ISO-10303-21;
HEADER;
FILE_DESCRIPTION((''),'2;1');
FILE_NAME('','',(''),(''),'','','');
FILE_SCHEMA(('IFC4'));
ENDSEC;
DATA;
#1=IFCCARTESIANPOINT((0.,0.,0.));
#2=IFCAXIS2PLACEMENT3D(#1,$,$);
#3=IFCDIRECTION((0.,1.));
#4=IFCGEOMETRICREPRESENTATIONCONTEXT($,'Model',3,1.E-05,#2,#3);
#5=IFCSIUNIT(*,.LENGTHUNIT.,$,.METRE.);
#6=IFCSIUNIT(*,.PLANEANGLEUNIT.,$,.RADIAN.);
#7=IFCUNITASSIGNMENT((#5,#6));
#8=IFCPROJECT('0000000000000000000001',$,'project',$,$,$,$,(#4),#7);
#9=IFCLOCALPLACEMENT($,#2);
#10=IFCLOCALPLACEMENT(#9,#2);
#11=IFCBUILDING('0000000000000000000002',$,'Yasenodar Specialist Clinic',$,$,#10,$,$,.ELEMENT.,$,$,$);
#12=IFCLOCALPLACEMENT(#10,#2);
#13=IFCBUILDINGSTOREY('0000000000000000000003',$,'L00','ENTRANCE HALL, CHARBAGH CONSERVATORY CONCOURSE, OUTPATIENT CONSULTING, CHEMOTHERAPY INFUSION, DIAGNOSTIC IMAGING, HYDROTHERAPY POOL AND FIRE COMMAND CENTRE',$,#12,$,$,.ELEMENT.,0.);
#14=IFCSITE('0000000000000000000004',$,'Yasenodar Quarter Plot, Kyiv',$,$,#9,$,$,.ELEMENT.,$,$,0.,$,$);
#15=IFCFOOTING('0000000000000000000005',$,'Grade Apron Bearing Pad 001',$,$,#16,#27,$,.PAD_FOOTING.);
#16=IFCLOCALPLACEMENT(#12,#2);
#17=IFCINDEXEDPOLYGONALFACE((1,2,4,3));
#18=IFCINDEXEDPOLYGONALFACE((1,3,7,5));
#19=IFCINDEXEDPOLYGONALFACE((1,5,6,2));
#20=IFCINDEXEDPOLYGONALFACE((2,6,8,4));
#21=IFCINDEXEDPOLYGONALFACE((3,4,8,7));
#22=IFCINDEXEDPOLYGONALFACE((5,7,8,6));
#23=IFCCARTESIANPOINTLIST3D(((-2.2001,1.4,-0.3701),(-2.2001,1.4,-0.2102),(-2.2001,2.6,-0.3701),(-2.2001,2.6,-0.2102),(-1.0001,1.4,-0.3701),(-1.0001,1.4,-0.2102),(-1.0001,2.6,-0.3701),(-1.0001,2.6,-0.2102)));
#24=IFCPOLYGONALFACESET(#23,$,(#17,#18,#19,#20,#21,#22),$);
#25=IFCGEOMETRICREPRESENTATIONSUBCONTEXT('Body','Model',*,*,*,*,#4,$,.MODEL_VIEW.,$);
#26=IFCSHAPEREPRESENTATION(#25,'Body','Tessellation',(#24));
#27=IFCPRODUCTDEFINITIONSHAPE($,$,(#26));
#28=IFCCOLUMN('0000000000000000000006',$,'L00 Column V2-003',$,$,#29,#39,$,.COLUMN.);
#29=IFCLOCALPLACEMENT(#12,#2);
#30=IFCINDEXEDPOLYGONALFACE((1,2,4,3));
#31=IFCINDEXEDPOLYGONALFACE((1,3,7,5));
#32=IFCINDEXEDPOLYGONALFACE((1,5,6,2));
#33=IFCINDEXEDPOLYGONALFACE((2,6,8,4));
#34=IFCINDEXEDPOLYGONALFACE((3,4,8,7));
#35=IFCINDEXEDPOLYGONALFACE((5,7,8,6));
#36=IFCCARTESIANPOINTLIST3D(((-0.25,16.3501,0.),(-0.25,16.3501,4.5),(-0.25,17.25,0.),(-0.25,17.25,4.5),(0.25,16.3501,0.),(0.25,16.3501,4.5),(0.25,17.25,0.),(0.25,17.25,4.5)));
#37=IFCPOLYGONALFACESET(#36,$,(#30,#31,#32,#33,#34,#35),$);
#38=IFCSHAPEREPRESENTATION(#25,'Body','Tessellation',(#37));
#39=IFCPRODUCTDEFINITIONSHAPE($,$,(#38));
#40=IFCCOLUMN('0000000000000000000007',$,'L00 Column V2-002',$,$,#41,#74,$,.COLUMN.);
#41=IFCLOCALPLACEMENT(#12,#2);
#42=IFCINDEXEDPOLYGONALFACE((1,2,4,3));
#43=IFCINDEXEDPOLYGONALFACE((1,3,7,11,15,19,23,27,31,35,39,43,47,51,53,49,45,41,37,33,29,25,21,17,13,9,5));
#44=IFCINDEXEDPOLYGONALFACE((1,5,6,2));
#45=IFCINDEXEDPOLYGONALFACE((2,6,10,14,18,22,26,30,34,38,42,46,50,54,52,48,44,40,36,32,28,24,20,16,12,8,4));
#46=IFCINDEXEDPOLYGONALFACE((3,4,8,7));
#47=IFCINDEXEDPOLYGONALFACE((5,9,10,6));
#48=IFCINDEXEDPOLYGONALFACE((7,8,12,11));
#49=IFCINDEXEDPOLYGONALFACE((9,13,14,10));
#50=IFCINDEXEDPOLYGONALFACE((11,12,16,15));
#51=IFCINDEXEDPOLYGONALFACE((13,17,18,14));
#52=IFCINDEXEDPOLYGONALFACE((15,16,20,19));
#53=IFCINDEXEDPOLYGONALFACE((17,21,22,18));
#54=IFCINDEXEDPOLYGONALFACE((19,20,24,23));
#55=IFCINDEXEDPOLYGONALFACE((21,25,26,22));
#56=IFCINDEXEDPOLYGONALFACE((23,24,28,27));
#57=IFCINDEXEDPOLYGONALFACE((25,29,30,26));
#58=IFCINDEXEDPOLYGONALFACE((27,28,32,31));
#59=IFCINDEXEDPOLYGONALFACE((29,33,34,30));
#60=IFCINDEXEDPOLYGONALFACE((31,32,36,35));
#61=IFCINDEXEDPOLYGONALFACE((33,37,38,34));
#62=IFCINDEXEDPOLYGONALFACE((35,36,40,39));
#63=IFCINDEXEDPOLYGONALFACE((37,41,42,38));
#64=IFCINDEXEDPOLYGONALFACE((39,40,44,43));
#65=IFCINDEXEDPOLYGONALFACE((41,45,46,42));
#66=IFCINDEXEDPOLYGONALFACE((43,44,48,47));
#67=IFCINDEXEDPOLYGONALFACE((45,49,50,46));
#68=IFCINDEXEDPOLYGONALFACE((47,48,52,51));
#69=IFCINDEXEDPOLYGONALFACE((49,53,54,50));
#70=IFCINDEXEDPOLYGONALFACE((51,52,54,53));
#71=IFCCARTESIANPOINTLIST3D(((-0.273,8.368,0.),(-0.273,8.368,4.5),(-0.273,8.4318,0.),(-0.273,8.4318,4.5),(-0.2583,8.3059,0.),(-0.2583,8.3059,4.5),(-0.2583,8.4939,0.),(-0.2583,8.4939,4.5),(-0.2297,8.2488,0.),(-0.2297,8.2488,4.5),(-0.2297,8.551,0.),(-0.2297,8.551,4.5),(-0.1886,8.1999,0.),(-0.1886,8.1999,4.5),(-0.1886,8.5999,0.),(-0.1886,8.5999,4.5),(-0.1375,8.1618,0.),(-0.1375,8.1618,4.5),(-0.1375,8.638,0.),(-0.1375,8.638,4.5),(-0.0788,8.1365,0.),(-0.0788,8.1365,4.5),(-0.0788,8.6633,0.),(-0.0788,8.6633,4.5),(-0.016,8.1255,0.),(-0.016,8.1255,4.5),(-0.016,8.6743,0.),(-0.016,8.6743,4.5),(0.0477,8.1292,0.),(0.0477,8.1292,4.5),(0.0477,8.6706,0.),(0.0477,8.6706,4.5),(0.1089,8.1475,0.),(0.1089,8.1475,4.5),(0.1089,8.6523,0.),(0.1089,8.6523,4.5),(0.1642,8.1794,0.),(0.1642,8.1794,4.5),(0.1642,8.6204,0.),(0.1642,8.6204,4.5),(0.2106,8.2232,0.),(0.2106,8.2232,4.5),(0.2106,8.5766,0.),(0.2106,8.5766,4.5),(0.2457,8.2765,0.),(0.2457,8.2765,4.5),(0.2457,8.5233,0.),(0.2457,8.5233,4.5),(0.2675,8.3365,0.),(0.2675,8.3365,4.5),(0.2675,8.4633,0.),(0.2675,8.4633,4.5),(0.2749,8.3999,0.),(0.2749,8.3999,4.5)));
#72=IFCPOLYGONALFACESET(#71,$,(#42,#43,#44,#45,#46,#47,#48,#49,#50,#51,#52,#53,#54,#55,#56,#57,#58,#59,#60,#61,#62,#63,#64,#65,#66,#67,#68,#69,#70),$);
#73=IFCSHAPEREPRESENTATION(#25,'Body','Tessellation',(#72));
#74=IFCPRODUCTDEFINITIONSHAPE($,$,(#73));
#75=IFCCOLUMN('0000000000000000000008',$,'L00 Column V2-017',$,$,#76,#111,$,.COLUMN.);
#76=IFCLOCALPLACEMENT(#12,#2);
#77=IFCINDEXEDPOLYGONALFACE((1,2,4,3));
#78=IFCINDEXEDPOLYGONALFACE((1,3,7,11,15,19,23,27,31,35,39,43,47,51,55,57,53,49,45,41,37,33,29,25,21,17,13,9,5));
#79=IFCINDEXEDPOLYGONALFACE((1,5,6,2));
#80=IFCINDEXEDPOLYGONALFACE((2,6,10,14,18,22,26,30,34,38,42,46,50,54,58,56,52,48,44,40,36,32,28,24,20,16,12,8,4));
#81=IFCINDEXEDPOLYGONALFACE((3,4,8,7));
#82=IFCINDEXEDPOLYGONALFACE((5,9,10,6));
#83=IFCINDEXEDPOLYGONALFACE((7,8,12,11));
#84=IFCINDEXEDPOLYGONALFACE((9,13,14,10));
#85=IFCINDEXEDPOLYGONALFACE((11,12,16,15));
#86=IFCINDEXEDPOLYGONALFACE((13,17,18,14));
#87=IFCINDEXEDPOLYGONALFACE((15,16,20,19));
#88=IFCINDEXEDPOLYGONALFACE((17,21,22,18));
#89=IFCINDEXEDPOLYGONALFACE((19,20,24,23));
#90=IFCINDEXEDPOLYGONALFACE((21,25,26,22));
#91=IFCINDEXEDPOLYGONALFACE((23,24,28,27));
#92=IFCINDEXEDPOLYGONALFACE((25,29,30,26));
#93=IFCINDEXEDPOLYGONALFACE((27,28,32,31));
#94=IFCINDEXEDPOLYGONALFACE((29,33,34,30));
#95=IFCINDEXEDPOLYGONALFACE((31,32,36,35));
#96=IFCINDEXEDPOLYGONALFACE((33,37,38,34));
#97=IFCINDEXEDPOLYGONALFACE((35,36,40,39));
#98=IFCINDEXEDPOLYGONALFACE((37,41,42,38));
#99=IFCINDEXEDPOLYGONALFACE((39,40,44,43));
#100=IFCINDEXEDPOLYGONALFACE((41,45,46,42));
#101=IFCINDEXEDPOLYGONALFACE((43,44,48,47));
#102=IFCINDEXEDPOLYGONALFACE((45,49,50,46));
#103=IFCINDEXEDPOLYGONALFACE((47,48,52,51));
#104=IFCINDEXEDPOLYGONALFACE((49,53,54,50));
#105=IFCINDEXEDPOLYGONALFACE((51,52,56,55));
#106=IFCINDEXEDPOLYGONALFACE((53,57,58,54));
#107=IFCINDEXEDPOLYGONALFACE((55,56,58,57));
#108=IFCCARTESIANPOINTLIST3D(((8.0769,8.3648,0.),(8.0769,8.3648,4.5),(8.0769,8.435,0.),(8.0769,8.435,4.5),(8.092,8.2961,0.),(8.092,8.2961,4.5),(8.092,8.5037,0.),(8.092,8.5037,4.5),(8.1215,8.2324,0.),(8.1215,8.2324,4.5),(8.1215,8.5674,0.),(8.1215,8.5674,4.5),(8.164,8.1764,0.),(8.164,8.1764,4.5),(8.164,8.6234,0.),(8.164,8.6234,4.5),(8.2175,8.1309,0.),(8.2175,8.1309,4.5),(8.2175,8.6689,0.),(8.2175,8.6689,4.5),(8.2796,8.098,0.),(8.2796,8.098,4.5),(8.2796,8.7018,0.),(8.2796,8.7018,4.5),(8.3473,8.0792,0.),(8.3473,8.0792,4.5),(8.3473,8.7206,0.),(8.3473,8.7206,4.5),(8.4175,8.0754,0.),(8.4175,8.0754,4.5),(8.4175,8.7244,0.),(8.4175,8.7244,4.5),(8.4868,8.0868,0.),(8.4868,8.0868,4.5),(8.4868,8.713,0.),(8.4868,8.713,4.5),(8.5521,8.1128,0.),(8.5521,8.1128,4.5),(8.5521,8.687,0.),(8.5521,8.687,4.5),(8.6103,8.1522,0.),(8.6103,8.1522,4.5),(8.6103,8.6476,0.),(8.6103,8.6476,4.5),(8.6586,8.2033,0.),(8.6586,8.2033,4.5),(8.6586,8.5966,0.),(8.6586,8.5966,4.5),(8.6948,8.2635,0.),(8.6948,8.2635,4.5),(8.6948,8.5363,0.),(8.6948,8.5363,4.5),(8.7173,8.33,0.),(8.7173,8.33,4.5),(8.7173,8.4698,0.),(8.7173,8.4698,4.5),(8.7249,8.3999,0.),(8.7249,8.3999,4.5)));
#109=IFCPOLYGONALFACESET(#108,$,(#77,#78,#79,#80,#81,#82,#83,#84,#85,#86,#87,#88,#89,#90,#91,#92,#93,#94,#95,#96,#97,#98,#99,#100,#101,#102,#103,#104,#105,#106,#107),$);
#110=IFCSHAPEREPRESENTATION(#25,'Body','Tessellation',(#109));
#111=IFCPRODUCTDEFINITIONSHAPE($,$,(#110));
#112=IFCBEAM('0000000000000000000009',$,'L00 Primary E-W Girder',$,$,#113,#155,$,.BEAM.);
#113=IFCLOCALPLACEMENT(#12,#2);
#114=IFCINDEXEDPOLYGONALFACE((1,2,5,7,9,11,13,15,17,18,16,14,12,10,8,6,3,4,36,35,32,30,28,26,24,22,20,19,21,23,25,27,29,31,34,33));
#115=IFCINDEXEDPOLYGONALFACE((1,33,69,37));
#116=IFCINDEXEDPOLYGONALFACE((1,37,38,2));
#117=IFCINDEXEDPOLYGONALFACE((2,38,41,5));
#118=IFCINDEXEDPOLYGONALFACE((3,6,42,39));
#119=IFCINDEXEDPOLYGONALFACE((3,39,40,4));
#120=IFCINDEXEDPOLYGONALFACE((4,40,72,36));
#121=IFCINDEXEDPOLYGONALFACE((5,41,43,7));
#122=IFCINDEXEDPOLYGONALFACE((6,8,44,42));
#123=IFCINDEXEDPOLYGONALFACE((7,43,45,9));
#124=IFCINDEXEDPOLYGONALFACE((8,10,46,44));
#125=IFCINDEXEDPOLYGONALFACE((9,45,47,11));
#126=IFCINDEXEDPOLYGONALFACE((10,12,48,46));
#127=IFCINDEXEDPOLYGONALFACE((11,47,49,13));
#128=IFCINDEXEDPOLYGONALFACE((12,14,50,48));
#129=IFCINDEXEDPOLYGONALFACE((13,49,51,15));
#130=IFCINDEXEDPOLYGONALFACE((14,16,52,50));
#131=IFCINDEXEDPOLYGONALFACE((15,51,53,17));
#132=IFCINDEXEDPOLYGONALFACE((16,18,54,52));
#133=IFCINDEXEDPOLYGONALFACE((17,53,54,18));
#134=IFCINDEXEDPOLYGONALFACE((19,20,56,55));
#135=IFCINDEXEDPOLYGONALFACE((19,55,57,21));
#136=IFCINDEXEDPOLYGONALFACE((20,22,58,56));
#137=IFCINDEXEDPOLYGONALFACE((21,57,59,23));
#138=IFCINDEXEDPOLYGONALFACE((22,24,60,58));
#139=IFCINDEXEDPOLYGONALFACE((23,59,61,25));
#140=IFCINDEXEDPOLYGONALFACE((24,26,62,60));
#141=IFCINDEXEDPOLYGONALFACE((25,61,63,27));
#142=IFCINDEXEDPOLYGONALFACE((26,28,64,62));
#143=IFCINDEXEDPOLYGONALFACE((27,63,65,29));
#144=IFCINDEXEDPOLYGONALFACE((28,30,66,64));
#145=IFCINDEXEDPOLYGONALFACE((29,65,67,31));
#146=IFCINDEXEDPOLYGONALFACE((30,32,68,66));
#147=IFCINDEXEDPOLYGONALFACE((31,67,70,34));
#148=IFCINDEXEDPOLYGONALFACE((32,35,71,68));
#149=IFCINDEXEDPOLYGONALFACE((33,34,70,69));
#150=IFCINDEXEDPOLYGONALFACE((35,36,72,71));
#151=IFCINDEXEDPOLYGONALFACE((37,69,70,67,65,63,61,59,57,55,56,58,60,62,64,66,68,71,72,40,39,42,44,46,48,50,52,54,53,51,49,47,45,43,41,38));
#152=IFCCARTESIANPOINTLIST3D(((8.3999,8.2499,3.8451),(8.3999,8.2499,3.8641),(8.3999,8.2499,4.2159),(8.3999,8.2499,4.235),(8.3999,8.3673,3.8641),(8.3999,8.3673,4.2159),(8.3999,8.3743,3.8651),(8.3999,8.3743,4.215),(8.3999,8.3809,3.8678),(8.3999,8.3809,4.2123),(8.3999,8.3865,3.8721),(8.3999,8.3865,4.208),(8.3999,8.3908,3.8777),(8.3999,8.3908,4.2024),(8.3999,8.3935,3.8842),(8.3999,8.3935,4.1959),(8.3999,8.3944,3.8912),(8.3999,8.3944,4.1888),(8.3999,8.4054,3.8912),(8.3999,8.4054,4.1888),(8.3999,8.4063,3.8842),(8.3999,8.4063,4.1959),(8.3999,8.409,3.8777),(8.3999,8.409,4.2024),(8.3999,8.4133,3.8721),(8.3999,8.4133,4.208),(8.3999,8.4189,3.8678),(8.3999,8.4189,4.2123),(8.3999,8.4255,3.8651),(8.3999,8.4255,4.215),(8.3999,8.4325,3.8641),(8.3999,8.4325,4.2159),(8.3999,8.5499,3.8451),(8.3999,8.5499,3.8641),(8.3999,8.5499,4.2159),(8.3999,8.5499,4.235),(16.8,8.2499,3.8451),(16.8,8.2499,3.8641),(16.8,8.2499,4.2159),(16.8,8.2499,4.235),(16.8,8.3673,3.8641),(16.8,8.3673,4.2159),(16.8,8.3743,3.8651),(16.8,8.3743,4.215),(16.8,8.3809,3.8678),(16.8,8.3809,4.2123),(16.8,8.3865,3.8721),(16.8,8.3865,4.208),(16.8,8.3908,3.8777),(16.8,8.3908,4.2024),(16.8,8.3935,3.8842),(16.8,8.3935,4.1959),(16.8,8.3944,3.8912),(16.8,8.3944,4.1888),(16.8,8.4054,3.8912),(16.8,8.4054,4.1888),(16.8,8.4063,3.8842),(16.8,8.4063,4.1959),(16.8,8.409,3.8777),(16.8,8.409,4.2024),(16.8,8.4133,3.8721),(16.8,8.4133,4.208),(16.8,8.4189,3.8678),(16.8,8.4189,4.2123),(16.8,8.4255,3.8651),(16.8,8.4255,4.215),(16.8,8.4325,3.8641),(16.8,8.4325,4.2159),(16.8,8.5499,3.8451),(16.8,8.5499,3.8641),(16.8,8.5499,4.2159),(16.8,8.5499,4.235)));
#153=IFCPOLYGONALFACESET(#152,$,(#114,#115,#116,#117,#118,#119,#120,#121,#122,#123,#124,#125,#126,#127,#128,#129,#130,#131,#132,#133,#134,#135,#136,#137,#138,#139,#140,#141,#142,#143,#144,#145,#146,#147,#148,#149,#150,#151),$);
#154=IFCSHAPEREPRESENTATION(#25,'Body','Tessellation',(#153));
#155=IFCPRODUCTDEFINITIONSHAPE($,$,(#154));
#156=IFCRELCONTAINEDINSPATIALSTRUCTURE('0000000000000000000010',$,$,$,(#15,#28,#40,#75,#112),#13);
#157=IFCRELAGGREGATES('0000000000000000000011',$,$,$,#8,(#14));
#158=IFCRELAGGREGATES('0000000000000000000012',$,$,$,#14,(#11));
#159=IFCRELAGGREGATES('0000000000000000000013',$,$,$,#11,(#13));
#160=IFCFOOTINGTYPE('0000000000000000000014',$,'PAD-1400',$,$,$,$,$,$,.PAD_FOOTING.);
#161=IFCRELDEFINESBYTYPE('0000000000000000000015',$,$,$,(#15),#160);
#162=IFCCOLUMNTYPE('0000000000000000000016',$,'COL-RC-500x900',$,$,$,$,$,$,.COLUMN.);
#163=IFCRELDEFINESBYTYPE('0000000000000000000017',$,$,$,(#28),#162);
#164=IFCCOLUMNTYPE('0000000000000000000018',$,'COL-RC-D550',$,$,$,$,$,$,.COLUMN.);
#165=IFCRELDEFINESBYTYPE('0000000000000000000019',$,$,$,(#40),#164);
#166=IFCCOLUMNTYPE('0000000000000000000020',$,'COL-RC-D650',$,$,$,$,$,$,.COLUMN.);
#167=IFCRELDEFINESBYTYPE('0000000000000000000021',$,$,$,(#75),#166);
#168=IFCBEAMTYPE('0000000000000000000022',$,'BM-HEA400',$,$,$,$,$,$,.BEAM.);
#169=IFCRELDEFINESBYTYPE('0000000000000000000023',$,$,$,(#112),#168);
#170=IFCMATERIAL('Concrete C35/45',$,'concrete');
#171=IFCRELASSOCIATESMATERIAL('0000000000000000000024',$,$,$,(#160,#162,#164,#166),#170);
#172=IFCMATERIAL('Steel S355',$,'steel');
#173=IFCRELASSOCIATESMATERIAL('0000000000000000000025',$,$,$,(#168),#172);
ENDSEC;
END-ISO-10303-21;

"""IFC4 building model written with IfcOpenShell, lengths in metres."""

from ifc_helpers import new_model, si_unit, direction, frame, origin, origin_2d, place, context, subcontext, project, spatial, rectangle, circle, i_section, extrude, material, material_profile, profile_set, type_object, element, save


model = new_model("IFC4")

# Units and contexts
model_context = context("Model", 3, precision=1e-05, world=origin(), true_north=direction((0.0, 1.0)))
body_context = subcontext(model_context, "Body", "Model", "MODEL_VIEW")
ifc_project = project(units=[si_unit("LENGTHUNIT", "METRE"), si_unit("PLANEANGLEUNIT", "RADIAN")], contexts=[model_context])

# Site, building, storey
site_placement = place(None, origin())
site = spatial("IfcSite", under=ifc_project, at=site_placement, Name="Yasenodar Quarter Plot, Kyiv", CompositionType="ELEMENT", RefElevation=0.0)
building_placement = place(site_placement, origin())
building = spatial("IfcBuilding", under=site, at=building_placement, Name="Yasenodar Specialist Clinic", CompositionType="ELEMENT")
storey_placement = place(building_placement, origin())
storey = spatial("IfcBuildingStorey", under=building, at=storey_placement, Name="L00", Description="ENTRANCE HALL, CHARBAGH CONSERVATORY CONCOURSE, OUTPATIENT CONSULTING, CHEMOTHERAPY INFUSION, DIAGNOSTIC IMAGING, HYDROTHERAPY POOL AND FIRE COMMAND CENTRE", CompositionType="ELEMENT", Elevation=0.0)

# Footing
ifc_material_1 = material(Name="Concrete C35/45", Category="concrete")
footing_type = type_object("IfcFootingType", Name="PAD-1400", PredefinedType="PAD_FOOTING", material=ifc_material_1)
footing_placement = place(storey_placement, frame((-1.6001, 2.0, -0.3701), z_axis=(0.0, 0.0, 1.0), x_axis=(1.0, 0.0, 0.0)))
element("IfcFooting", 1, at=footing_placement, inside=storey, type_object=footing_type, Name="Grade Apron Bearing Pad 001", PredefinedType="PAD_FOOTING", context=body_context, shape_type="SweptSolid", body=[
    extrude(rectangle(XDim=1.2, YDim=1.2, at=origin_2d()), origin(), (0.0, 0.0, 1.0), 0.1599),
])

# Columns
ifc_material_profile_1 = material_profile(ifc_material_1, rectangle(XDim=0.5, YDim=0.8999, at=origin_2d()), Name="RC 500x900")
ifc_profile_set_1 = profile_set([ifc_material_profile_1], Name="Concrete C35/45")
column_type_1 = type_object("IfcColumnType", Name="COL-RC-500x900", PredefinedType="COLUMN", material=ifc_profile_set_1)
column_1_placement = place(storey_placement, frame((0.0, 16.8, 0.0), z_axis=(0.0, 0.0, 1.0), x_axis=(1.0, 0.0, 0.0)))
element("IfcColumn", 2, at=column_1_placement, inside=storey, type_object=column_type_1, Name="L00 Column V2-003", PredefinedType="COLUMN", context=body_context, shape_type="SweptSolid", body=[
    extrude(rectangle(XDim=0.5, YDim=0.8999, at=origin_2d()), origin(), (0.0, 0.0, 1.0), 4.5),
])
ifc_material_profile_2 = material_profile(ifc_material_1, circle(Radius=0.2749, at=origin_2d()), Name="RC D550")
ifc_profile_set_2 = profile_set([ifc_material_profile_2], Name="Concrete C35/45")
column_type_2 = type_object("IfcColumnType", Name="COL-RC-D550", PredefinedType="COLUMN", material=ifc_profile_set_2)
column_2_placement = place(storey_placement, frame((0.0, 8.3999, 0.0), z_axis=(0.0, 0.0, 1.0), x_axis=(1.0, 0.0, 0.0)))
element("IfcColumn", 3, at=column_2_placement, inside=storey, type_object=column_type_2, Name="L00 Column V2-002", PredefinedType="COLUMN", context=body_context, shape_type="SweptSolid", body=[
    extrude(circle(Radius=0.2749, at=origin_2d()), origin(), (0.0, 0.0, 1.0), 4.5),
])
ifc_material_profile_3 = material_profile(ifc_material_1, circle(Radius=0.325, at=origin_2d()), Name="RC D650")
ifc_profile_set_3 = profile_set([ifc_material_profile_3], Name="Concrete C35/45")
column_type_3 = type_object("IfcColumnType", Name="COL-RC-D650", PredefinedType="COLUMN", material=ifc_profile_set_3)
column_3_placement = place(storey_placement, frame((8.3999, 8.3999, 0.0), z_axis=(0.0, 0.0, 1.0), x_axis=(1.0, 0.0, 0.0)))
element("IfcColumn", 4, at=column_3_placement, inside=storey, type_object=column_type_3, Name="L00 Column V2-017", PredefinedType="COLUMN", context=body_context, shape_type="SweptSolid", body=[
    extrude(circle(Radius=0.325, at=origin_2d()), origin(), (0.0, 0.0, 1.0), 4.5),
])

# Beam
ifc_material_2 = material(Name="Steel S355", Category="steel")
ifc_material_profile_4 = material_profile(ifc_material_2, i_section(OverallWidth=0.3, OverallDepth=0.3899, WebThickness=0.011, FlangeThickness=0.019, FilletRadius=0.0271, at=origin_2d()), Name="HEA 400")
ifc_profile_set_4 = profile_set([ifc_material_profile_4], Name="Steel S355")
beam_type_1 = type_object("IfcBeamType", Name="BM-HEA400", PredefinedType="BEAM", material=ifc_profile_set_4)
beam_1_placement = place(storey_placement, frame((8.3999, 8.3999, 4.04), z_axis=(1.0, 0.0, 0.0), x_axis=(0.0, 1.0, 0.0)))
element("IfcBeam", 5, at=beam_1_placement, inside=storey, type_object=beam_type_1, Name="L00 Primary E-W Girder", PredefinedType="BEAM", context=body_context, shape_type="SweptSolid", body=[
    extrude(i_section(OverallWidth=0.3, OverallDepth=0.3899, WebThickness=0.011, FlangeThickness=0.019, FilletRadius=0.0271, at=origin_2d()), origin(), (0.0, 0.0, 1.0), 8.4001),
])

save(model, "model.ifc")
